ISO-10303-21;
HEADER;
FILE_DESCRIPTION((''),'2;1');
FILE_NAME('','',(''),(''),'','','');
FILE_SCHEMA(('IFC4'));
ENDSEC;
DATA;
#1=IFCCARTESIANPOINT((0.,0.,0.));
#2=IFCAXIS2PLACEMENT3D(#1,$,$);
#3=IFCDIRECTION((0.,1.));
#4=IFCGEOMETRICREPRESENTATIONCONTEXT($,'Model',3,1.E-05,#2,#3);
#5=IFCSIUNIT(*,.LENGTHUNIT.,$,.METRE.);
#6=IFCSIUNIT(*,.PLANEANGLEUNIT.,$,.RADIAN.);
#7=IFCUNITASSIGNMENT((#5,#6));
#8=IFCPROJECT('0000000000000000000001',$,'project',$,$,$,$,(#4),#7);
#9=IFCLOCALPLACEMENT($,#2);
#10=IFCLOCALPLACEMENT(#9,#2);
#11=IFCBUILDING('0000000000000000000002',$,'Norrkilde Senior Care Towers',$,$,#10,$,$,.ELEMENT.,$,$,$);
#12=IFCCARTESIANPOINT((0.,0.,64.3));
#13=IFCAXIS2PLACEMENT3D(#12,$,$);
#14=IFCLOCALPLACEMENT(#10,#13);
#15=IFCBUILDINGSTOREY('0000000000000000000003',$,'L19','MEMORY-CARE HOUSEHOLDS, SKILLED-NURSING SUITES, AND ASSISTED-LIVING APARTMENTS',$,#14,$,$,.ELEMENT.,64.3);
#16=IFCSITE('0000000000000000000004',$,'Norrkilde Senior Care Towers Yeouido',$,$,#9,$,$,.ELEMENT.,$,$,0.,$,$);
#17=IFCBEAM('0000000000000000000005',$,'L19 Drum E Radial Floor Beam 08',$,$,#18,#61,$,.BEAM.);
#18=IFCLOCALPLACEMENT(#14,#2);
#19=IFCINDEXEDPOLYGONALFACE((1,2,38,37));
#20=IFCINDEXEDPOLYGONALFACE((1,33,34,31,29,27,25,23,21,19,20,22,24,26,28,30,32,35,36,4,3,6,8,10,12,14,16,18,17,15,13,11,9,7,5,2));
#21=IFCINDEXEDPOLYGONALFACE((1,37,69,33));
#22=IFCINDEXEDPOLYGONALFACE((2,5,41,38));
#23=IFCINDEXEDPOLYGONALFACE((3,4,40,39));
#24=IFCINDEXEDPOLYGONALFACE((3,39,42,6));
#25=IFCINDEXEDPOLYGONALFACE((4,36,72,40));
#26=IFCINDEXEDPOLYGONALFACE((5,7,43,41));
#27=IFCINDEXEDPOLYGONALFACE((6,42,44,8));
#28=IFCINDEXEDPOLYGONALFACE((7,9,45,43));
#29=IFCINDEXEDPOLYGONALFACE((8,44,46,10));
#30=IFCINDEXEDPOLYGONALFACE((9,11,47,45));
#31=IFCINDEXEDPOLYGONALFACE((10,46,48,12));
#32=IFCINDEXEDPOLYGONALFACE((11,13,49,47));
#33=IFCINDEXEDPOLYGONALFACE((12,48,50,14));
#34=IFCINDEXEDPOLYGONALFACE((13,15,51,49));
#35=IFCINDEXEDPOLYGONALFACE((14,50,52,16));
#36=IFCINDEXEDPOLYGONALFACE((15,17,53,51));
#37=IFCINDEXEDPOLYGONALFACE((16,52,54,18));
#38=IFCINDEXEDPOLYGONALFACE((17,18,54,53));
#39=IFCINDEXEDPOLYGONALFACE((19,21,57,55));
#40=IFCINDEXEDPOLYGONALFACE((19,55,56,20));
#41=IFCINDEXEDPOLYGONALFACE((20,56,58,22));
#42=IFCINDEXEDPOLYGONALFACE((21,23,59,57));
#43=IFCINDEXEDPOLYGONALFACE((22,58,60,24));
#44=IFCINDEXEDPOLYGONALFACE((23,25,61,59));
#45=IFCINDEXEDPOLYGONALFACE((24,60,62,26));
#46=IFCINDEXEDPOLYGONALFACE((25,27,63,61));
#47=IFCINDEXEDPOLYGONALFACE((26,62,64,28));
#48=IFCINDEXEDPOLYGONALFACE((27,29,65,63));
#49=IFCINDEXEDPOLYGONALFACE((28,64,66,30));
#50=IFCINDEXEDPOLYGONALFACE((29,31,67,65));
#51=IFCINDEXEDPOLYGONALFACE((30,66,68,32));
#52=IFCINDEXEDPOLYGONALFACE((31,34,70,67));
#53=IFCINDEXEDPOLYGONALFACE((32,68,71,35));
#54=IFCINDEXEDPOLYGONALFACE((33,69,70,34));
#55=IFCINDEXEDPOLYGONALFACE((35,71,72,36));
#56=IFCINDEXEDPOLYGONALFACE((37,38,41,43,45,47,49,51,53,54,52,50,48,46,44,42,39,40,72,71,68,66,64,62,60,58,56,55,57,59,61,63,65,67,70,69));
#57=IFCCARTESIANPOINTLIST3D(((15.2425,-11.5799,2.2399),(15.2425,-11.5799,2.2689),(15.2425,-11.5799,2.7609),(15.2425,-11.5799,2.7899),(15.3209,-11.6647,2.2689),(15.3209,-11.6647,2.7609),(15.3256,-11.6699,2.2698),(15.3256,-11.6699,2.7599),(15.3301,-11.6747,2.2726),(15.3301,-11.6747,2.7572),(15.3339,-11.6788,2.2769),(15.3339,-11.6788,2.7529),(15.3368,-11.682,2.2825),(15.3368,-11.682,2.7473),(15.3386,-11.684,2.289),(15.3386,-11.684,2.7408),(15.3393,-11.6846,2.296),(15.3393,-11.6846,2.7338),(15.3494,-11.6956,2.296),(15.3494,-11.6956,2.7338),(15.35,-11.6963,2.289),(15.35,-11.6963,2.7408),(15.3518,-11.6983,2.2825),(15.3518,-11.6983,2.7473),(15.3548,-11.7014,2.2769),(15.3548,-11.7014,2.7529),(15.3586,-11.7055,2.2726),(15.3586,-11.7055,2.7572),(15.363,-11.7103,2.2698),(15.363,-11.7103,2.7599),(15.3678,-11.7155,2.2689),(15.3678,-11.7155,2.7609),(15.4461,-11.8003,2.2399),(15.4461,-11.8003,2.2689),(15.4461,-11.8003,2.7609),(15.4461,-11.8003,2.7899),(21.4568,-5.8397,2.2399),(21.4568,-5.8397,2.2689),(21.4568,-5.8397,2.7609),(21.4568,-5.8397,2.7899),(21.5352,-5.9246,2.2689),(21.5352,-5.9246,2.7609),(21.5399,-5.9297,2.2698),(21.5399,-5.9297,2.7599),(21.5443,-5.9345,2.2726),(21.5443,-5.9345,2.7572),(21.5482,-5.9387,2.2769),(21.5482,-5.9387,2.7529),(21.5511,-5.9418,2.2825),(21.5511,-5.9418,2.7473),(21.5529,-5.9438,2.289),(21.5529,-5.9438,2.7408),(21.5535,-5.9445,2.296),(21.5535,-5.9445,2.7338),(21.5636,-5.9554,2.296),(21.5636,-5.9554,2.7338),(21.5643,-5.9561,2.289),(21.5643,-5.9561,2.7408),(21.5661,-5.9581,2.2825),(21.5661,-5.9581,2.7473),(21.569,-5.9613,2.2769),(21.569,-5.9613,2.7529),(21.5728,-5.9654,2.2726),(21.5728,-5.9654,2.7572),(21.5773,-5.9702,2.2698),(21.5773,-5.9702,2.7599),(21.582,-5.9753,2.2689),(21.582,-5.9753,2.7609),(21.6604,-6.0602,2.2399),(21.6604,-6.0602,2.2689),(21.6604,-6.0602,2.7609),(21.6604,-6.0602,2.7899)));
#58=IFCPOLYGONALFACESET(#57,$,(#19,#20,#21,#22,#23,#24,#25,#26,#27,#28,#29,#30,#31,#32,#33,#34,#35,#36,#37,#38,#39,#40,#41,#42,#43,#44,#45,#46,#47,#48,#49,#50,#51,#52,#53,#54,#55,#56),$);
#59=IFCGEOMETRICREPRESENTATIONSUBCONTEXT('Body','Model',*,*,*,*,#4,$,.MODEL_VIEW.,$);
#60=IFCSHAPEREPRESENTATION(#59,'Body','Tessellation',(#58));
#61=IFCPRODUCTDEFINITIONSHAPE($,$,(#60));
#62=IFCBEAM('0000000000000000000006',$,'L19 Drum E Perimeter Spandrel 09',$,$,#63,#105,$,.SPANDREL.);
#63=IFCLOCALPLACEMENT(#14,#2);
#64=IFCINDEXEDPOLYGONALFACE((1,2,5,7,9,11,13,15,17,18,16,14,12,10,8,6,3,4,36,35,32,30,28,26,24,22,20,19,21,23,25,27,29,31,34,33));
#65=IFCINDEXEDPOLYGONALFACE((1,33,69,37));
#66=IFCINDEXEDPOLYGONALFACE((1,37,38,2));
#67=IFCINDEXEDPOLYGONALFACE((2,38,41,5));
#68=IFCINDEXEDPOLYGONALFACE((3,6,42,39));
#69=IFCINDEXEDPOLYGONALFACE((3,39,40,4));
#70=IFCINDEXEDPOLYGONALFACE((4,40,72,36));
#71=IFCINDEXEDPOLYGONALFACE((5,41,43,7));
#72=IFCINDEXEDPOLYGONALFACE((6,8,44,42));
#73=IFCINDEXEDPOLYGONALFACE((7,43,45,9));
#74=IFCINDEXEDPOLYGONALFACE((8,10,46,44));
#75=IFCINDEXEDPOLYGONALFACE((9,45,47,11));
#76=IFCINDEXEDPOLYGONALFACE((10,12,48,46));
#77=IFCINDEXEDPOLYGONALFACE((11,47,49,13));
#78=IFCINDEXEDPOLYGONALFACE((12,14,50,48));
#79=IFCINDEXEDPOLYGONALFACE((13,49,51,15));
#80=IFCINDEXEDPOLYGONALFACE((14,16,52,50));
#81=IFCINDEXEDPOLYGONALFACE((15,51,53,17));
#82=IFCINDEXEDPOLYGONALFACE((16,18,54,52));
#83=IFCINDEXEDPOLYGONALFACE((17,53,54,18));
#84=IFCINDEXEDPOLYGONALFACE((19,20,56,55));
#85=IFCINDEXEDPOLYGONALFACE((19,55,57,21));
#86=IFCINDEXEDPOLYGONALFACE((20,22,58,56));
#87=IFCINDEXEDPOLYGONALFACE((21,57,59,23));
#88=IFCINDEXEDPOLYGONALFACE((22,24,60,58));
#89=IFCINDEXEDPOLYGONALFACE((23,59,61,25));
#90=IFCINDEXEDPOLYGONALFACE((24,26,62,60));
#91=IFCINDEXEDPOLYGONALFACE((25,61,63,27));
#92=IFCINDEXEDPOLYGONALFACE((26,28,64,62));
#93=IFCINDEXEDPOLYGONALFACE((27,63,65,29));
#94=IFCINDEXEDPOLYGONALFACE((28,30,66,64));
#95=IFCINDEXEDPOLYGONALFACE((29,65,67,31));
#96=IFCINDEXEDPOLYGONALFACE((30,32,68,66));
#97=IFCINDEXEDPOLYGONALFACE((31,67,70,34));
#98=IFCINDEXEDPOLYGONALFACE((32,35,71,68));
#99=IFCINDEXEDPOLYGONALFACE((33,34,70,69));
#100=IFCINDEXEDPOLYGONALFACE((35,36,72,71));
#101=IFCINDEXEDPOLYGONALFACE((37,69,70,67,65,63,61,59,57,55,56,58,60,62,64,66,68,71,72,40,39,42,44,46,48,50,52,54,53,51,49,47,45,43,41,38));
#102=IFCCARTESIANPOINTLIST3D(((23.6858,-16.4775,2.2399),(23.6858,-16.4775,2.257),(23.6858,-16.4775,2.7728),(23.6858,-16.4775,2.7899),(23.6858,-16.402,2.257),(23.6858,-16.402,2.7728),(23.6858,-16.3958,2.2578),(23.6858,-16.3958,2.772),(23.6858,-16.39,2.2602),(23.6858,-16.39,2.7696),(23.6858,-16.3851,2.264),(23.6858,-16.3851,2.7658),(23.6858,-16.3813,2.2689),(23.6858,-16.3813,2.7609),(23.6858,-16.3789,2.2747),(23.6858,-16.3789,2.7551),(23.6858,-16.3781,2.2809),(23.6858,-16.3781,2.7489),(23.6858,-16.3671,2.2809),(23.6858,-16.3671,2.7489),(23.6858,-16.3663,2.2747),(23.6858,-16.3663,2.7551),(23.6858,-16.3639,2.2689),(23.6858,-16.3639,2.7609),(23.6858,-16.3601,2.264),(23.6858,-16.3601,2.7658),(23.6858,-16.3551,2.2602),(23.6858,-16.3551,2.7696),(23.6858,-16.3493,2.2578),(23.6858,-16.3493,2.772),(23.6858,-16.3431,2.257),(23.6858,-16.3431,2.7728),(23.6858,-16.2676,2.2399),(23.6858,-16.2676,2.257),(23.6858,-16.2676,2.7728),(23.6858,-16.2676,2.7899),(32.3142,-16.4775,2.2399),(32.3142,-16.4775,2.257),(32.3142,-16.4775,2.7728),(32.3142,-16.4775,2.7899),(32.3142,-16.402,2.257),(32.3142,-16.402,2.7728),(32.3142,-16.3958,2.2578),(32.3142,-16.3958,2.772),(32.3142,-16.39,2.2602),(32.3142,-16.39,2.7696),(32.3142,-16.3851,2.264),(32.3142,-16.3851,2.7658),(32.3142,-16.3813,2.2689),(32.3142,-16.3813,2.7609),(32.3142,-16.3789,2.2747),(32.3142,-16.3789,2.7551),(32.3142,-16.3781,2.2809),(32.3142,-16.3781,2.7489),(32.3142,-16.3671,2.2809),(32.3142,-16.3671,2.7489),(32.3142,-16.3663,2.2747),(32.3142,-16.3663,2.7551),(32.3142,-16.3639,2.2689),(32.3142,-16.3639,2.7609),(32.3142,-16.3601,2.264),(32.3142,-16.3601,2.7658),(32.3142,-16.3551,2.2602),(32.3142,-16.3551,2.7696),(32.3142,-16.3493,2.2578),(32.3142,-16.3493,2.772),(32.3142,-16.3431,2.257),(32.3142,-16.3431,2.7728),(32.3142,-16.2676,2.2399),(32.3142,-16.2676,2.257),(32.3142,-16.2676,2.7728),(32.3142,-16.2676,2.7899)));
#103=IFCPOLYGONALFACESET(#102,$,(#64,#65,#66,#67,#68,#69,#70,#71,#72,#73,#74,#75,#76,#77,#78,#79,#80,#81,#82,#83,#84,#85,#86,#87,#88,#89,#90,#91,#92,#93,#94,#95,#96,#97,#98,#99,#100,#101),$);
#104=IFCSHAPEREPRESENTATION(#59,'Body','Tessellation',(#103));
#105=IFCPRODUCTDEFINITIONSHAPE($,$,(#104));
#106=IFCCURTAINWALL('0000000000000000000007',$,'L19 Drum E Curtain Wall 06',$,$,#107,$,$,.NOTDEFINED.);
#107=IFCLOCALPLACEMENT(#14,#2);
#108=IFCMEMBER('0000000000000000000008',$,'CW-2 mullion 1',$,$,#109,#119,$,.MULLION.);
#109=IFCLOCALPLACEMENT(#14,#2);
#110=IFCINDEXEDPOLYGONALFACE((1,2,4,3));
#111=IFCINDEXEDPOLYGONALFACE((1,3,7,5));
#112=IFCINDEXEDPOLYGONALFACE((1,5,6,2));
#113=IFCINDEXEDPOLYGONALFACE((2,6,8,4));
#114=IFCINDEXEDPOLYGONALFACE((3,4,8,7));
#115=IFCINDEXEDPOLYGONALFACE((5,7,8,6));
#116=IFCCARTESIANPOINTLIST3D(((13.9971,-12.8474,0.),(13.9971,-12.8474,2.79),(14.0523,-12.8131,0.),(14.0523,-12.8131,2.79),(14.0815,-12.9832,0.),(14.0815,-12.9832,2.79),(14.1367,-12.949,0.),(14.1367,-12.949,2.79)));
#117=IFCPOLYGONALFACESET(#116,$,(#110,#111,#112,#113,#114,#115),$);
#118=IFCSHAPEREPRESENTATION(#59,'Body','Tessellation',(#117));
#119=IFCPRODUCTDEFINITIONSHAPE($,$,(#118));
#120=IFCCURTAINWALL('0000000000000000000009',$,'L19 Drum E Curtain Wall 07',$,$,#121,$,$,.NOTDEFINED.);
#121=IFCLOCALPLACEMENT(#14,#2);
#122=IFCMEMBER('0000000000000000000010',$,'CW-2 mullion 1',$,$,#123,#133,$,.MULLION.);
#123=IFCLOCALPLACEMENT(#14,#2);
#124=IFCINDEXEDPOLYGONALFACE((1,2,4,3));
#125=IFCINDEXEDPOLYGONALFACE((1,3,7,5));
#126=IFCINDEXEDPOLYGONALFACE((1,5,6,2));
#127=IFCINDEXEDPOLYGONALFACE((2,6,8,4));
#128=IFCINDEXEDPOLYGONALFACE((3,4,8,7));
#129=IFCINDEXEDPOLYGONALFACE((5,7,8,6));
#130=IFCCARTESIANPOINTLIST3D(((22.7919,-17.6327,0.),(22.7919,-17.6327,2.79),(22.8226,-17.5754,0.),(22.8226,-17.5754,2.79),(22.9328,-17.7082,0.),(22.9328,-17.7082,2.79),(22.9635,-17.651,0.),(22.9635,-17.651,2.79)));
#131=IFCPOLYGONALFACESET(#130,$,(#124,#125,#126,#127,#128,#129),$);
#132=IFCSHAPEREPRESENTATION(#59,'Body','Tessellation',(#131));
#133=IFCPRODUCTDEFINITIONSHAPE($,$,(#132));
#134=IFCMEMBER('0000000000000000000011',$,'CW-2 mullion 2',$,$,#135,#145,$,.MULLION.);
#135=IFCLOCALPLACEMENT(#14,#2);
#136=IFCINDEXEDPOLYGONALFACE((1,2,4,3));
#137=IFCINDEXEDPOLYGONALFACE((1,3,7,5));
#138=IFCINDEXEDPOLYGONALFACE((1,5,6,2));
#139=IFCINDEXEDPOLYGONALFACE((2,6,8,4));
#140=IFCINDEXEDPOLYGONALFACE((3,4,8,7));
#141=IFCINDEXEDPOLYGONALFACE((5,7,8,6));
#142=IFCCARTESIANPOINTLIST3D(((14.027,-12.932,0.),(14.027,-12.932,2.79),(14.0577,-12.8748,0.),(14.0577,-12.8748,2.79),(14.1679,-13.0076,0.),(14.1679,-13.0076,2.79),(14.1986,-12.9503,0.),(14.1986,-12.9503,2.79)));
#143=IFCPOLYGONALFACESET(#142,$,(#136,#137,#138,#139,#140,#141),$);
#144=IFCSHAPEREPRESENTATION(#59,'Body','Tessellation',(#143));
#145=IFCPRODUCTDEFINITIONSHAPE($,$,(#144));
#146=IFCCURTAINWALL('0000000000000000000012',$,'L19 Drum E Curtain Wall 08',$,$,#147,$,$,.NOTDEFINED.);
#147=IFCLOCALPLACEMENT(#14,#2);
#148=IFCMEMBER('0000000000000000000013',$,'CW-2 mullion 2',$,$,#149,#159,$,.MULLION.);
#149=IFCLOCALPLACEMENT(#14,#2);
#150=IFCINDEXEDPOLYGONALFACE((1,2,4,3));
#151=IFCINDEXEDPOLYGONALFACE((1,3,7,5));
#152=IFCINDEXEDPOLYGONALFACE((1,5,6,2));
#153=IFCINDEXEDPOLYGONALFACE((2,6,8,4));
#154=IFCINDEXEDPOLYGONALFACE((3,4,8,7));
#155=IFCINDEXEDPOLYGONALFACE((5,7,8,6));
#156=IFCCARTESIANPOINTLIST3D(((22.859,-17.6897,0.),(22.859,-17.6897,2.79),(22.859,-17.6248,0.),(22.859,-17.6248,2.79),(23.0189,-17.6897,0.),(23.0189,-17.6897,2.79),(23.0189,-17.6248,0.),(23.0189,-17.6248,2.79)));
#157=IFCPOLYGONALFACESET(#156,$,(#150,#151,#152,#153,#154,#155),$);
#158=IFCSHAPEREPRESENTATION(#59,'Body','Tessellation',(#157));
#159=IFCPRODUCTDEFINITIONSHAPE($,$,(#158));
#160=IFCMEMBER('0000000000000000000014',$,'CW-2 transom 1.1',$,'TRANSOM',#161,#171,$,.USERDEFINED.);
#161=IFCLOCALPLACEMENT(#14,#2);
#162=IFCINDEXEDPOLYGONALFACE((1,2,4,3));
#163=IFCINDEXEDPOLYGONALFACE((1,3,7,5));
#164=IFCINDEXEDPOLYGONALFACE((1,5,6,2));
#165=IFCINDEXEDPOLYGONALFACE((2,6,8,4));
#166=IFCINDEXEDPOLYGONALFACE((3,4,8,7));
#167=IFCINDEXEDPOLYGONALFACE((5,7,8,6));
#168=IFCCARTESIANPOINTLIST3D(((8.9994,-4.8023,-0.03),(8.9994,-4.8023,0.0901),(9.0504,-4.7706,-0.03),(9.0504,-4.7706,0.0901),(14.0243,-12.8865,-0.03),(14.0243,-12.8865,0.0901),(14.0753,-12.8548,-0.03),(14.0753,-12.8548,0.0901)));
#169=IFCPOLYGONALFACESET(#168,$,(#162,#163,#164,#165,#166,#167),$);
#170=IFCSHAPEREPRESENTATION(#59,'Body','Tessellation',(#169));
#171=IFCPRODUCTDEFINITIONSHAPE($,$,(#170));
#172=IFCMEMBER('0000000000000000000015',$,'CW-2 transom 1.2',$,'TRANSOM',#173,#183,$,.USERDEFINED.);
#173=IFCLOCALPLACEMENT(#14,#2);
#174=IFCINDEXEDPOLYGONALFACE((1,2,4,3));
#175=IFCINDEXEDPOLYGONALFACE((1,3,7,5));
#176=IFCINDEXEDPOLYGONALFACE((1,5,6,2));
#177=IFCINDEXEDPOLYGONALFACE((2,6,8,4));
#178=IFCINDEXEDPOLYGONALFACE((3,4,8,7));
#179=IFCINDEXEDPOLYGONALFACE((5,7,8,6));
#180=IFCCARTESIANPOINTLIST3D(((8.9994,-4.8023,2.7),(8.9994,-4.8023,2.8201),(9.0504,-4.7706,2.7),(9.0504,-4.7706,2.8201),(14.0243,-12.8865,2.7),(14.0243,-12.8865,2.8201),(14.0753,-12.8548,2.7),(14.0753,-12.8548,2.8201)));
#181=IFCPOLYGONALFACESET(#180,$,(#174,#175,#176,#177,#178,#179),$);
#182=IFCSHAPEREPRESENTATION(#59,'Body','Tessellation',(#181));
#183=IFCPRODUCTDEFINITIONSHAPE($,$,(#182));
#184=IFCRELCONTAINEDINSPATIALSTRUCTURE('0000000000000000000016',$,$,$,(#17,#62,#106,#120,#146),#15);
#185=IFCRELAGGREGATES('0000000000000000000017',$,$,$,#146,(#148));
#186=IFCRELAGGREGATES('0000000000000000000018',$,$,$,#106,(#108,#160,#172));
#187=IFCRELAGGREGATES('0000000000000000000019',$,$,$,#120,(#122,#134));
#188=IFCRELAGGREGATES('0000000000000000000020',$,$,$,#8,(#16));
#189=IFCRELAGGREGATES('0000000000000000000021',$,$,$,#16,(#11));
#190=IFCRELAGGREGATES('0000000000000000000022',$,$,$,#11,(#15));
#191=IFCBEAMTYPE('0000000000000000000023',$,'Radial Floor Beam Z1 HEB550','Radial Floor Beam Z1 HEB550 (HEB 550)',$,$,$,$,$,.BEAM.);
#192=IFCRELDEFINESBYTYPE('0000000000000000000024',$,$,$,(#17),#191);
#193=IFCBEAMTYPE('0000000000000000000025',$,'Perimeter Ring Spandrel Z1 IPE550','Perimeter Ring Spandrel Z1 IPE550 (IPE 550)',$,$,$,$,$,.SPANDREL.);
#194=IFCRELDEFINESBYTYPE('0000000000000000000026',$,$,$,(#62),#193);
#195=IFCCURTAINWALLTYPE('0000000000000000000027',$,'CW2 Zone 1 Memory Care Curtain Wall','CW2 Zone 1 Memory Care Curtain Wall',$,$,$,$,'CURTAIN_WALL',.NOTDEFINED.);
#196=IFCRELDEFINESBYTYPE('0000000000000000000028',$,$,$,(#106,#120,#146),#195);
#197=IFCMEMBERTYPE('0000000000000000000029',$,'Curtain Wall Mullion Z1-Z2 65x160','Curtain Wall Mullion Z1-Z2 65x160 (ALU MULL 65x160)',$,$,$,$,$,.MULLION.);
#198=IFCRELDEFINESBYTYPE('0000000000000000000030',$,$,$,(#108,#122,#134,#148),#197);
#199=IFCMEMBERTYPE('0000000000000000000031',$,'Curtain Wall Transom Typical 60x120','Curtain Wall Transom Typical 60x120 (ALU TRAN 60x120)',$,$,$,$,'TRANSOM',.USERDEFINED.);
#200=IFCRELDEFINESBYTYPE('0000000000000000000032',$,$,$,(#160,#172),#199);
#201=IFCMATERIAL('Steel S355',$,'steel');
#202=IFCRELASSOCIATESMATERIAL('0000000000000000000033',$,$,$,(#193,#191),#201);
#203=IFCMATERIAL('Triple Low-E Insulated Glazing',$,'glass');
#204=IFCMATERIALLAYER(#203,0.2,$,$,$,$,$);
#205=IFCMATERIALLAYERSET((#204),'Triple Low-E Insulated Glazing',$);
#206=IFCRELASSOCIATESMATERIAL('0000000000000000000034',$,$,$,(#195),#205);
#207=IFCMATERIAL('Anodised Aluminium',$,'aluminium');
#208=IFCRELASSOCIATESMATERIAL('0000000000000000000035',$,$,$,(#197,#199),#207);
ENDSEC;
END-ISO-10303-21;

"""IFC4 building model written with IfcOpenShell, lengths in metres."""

from ifc_helpers import new_model, si_unit, direction, frame, origin, origin_2d, place, context, subcontext, project, spatial, rectangle, i_section, extrude, source, transform, mapped, material, layer, layer_set, material_profile, profile_set, type_object, type_shapes, element, aggregate, save


model = new_model("IFC4")

# Units and contexts
model_context = context("Model", 3, precision=1e-05, world=origin(), true_north=direction((0.0, 1.0)))
body_context = subcontext(model_context, "Body", "Model", "MODEL_VIEW")
ifc_project = project(units=[si_unit("LENGTHUNIT", "METRE"), si_unit("PLANEANGLEUNIT", "RADIAN")], contexts=[model_context])

# Site, building, storey
site_placement = place(None, origin())
site = spatial("IfcSite", under=ifc_project, at=site_placement, Name="Norrkilde Senior Care Towers Yeouido", CompositionType="ELEMENT", RefElevation=0.0)
building_placement = place(site_placement, origin())
building = spatial("IfcBuilding", under=site, at=building_placement, Name="Norrkilde Senior Care Towers", CompositionType="ELEMENT")
storey_placement = place(building_placement, frame((0.0, 0.0, 64.3)))
storey = spatial("IfcBuildingStorey", under=building, at=storey_placement, Name="L19", Description="MEMORY-CARE HOUSEHOLDS, SKILLED-NURSING SUITES, AND ASSISTED-LIVING APARTMENTS", CompositionType="ELEMENT", Elevation=64.3)

# Beams
ifc_material_1 = material(Name="Steel S355", Category="steel")
ifc_material_profile_1 = material_profile(ifc_material_1, i_section(OverallWidth=0.21, OverallDepth=0.55, WebThickness=0.011, FlangeThickness=0.0171, FilletRadius=0.0239, at=origin_2d()), Name="IPE 550")
ifc_profile_set_1 = profile_set([ifc_material_profile_1], Name="Steel S355")
beam_type_1 = type_object("IfcBeamType", Name="Perimeter Ring Spandrel Z1 IPE550", Description="Perimeter Ring Spandrel Z1 IPE550 (IPE 550)", PredefinedType="SPANDREL", material=ifc_profile_set_1)
ifc_material_profile_2 = material_profile(ifc_material_1, i_section(OverallWidth=0.3, OverallDepth=0.55, WebThickness=0.0149, FlangeThickness=0.0291, FilletRadius=0.0271, at=origin_2d()), Name="HEB 550")
ifc_profile_set_2 = profile_set([ifc_material_profile_2], Name="Steel S355")
beam_type_2 = type_object("IfcBeamType", Name="Radial Floor Beam Z1 HEB550", Description="Radial Floor Beam Z1 HEB550 (HEB 550)", PredefinedType="BEAM", material=ifc_profile_set_2)
shared_shape_1 = source(origin(), body_context, "Body", "SweptSolid", [
    extrude(i_section(OverallWidth=0.3, OverallDepth=0.55, WebThickness=0.0149, FlangeThickness=0.0291, FilletRadius=0.0271, at=origin_2d()), origin(), (0.0, 0.0, 1.0), 8.4597),
])
type_shapes(beam_type_2, [shared_shape_1])
beam_1_placement = place(storey_placement, frame((21.5586, -5.95, 2.5149), z_axis=(-0.734573, -0.678529, 0.0), x_axis=(0.678529, -0.734573, 0.0)))
element("IfcBeam", 1, at=beam_1_placement, inside=storey, type_object=beam_type_2, Name="L19 Drum E Radial Floor Beam 08", PredefinedType="BEAM", context=body_context, shape_type="MappedRepresentation", body=[
    mapped(shared_shape_1, transform((0.0, 0.0, 0.0), x_axis=(1.0, 0.0, 0.0), y_axis=(0.0, 1.0, 0.0), z_axis=(0.0, 0.0, 1.0), scale=1.0)),
])
shared_shape_2 = source(origin(), body_context, "Body", "SweptSolid", [
    extrude(i_section(OverallWidth=0.21, OverallDepth=0.55, WebThickness=0.011, FlangeThickness=0.0171, FilletRadius=0.0239, at=origin_2d()), origin(), (0.0, 0.0, 1.0), 8.6284),
])
beam_2_placement = place(storey_placement, frame((23.6858, -16.3726, 2.5149), z_axis=(1.0, 0.0, 0.0), x_axis=(0.0, 1.0, 0.0)))
element("IfcBeam", 2, at=beam_2_placement, inside=storey, type_object=beam_type_1, Name="L19 Drum E Perimeter Spandrel 09", PredefinedType="SPANDREL", context=body_context, shape_type="MappedRepresentation", body=[
    mapped(shared_shape_2, transform((0.0, 0.0, 0.0), x_axis=(1.0, 0.0, 0.0), y_axis=(0.0, 1.0, 0.0), z_axis=(0.0, 0.0, 1.0), scale=1.0)),
])

# Curtain wall, member
ifc_material_2 = material(Name="Triple Low-E Insulated Glazing", Category="glass")
ifc_layer_1 = layer(ifc_material_2, 0.2)
ifc_layer_set_1 = layer_set([ifc_layer_1], Name="Triple Low-E Insulated Glazing")
curtain_wall_type = type_object("IfcCurtainWallType", Name="CW2 Zone 1 Memory Care Curtain Wall", Description="CW2 Zone 1 Memory Care Curtain Wall", ElementType="CURTAIN_WALL", PredefinedType="NOTDEFINED", material=ifc_layer_set_1)
curtain_wall_1_placement = place(storey_placement, origin())
curtain_wall_1 = element("IfcCurtainWall", 3, at=curtain_wall_1_placement, inside=storey, type_object=curtain_wall_type, Name="L19 Drum E Curtain Wall 06", PredefinedType="NOTDEFINED")
ifc_material_3 = material(Name="Anodised Aluminium", Category="aluminium")
ifc_material_profile_3 = material_profile(ifc_material_3, rectangle(XDim=0.0649, YDim=0.1599, at=origin_2d()), Name="ALU MULL 65x160")
ifc_profile_set_3 = profile_set([ifc_material_profile_3], Name="Anodised Aluminium")
member_type_1 = type_object("IfcMemberType", Name="Curtain Wall Mullion Z1-Z2 65x160", Description="Curtain Wall Mullion Z1-Z2 65x160 (ALU MULL 65x160)", PredefinedType="MULLION", material=ifc_profile_set_3)
shared_shape_3 = source(origin(), body_context, "Body", "SweptSolid", [
    extrude(rectangle(XDim=0.0649, YDim=0.1599, at=origin_2d()), origin(), (0.0, 0.0, 1.0), 2.79),
])
type_shapes(member_type_1, [shared_shape_3])
member_1_placement = place(storey_placement, frame((14.0669, -12.8982, 0.0), z_axis=(0.0, 0.0, 1.0), x_axis=(-0.849306, -0.527901, 0.0)))
member_1 = element("IfcMember", 4, at=member_1_placement, type_object=member_type_1, Name="CW-2 mullion 1", PredefinedType="MULLION", context=body_context, shape_type="MappedRepresentation", body=[
    mapped(shared_shape_3, transform((0.0, 0.0, 0.0), x_axis=(1.0, 0.0, 0.0), y_axis=(0.0, 1.0, 0.0), z_axis=(0.0, 0.0, 1.0), scale=1.0)),
])

# Curtain wall, members
curtain_wall_2_placement = place(storey_placement, origin())
curtain_wall_2 = element("IfcCurtainWall", 5, at=curtain_wall_2_placement, inside=storey, type_object=curtain_wall_type, Name="L19 Drum E Curtain Wall 07", PredefinedType="NOTDEFINED")
member_2_placement = place(storey_placement, frame((22.8777, -17.6418, 0.0), z_axis=(0.0, 0.0, 1.0), x_axis=(-0.472608, -0.881273, 0.0)))
member_2 = element("IfcMember", 6, at=member_2_placement, type_object=member_type_1, Name="CW-2 mullion 1", PredefinedType="MULLION", context=body_context, shape_type="MappedRepresentation", body=[
    mapped(shared_shape_3, transform((0.0, 0.0, 0.0), x_axis=(1.0, 0.0, 0.0), y_axis=(0.0, 1.0, 0.0), z_axis=(0.0, 0.0, 1.0), scale=1.0)),
])
member_3_placement = place(storey_placement, frame((14.1128, -12.9412, 0.0), z_axis=(0.0, 0.0, 1.0), x_axis=(-0.472608, -0.881273, 0.0)))
member_3 = element("IfcMember", 7, at=member_3_placement, type_object=member_type_1, Name="CW-2 mullion 2", PredefinedType="MULLION", context=body_context, shape_type="MappedRepresentation", body=[
    mapped(shared_shape_3, transform((0.0, 0.0, 0.0), x_axis=(1.0, 0.0, 0.0), y_axis=(0.0, 1.0, 0.0), z_axis=(0.0, 0.0, 1.0), scale=1.0)),
])

# Curtain wall, member
curtain_wall_3_placement = place(storey_placement, origin())
curtain_wall_3 = element("IfcCurtainWall", 8, at=curtain_wall_3_placement, inside=storey, type_object=curtain_wall_type, Name="L19 Drum E Curtain Wall 08", PredefinedType="NOTDEFINED")
member_4_placement = place(storey_placement, frame((22.939, -17.6572, 0.0), z_axis=(0.0, 0.0, 1.0), x_axis=(0.0, -1.0, 0.0)))
member_4 = element("IfcMember", 9, at=member_4_placement, type_object=member_type_1, Name="CW-2 mullion 2", PredefinedType="MULLION", context=body_context, shape_type="MappedRepresentation", body=[
    mapped(shared_shape_3, transform((0.0, 0.0, 0.0), x_axis=(1.0, 0.0, 0.0), y_axis=(0.0, 1.0, 0.0), z_axis=(0.0, 0.0, 1.0), scale=1.0)),
])
aggregate(curtain_wall_3, [member_4])

# Members
ifc_material_profile_4 = material_profile(ifc_material_3, rectangle(XDim=0.0601, YDim=0.1201, at=origin_2d()), Name="ALU TRAN 60x120")
ifc_profile_set_4 = profile_set([ifc_material_profile_4], Name="Anodised Aluminium")
member_type_2 = type_object("IfcMemberType", Name="Curtain Wall Transom Typical 60x120", Description="Curtain Wall Transom Typical 60x120 (ALU TRAN 60x120)", ElementType="TRANSOM", PredefinedType="USERDEFINED", material=ifc_profile_set_4)
shared_shape_4 = source(origin(), body_context, "Body", "SweptSolid", [
    extrude(rectangle(XDim=0.0601, YDim=0.1201, at=origin_2d()), origin(), (0.0, 0.0, 1.0), 9.5186),
])
member_5_placement = place(storey_placement, frame((14.0498, -12.8706, 0.03), z_axis=(-0.527902, 0.849306, 0.0), x_axis=(-0.849306, -0.527902, 0.0)))
member_5 = element("IfcMember", 10, at=member_5_placement, type_object=member_type_2, Name="CW-2 transom 1.1", ObjectType="TRANSOM", PredefinedType="USERDEFINED", context=body_context, shape_type="MappedRepresentation", body=[
    mapped(shared_shape_4, transform((0.0, 0.0, 0.0), x_axis=(1.0, 0.0, 0.0), y_axis=(0.0, 1.0, 0.0), z_axis=(0.0, 0.0, 1.0), scale=1.0)),
])
member_6_placement = place(storey_placement, frame((14.0498, -12.8706, 2.76), z_axis=(-0.527902, 0.849306, 0.0), x_axis=(-0.849306, -0.527902, 0.0)))
member_6 = element("IfcMember", 11, at=member_6_placement, type_object=member_type_2, Name="CW-2 transom 1.2", ObjectType="TRANSOM", PredefinedType="USERDEFINED", context=body_context, shape_type="MappedRepresentation", body=[
    mapped(shared_shape_4, transform((0.0, 0.0, 0.0), x_axis=(1.0, 0.0, 0.0), y_axis=(0.0, 1.0, 0.0), z_axis=(0.0, 0.0, 1.0), scale=1.0)),
])

aggregate(curtain_wall_1, [member_1, member_5, member_6])
aggregate(curtain_wall_2, [member_2, member_3])

save(model, "model.ifc")
